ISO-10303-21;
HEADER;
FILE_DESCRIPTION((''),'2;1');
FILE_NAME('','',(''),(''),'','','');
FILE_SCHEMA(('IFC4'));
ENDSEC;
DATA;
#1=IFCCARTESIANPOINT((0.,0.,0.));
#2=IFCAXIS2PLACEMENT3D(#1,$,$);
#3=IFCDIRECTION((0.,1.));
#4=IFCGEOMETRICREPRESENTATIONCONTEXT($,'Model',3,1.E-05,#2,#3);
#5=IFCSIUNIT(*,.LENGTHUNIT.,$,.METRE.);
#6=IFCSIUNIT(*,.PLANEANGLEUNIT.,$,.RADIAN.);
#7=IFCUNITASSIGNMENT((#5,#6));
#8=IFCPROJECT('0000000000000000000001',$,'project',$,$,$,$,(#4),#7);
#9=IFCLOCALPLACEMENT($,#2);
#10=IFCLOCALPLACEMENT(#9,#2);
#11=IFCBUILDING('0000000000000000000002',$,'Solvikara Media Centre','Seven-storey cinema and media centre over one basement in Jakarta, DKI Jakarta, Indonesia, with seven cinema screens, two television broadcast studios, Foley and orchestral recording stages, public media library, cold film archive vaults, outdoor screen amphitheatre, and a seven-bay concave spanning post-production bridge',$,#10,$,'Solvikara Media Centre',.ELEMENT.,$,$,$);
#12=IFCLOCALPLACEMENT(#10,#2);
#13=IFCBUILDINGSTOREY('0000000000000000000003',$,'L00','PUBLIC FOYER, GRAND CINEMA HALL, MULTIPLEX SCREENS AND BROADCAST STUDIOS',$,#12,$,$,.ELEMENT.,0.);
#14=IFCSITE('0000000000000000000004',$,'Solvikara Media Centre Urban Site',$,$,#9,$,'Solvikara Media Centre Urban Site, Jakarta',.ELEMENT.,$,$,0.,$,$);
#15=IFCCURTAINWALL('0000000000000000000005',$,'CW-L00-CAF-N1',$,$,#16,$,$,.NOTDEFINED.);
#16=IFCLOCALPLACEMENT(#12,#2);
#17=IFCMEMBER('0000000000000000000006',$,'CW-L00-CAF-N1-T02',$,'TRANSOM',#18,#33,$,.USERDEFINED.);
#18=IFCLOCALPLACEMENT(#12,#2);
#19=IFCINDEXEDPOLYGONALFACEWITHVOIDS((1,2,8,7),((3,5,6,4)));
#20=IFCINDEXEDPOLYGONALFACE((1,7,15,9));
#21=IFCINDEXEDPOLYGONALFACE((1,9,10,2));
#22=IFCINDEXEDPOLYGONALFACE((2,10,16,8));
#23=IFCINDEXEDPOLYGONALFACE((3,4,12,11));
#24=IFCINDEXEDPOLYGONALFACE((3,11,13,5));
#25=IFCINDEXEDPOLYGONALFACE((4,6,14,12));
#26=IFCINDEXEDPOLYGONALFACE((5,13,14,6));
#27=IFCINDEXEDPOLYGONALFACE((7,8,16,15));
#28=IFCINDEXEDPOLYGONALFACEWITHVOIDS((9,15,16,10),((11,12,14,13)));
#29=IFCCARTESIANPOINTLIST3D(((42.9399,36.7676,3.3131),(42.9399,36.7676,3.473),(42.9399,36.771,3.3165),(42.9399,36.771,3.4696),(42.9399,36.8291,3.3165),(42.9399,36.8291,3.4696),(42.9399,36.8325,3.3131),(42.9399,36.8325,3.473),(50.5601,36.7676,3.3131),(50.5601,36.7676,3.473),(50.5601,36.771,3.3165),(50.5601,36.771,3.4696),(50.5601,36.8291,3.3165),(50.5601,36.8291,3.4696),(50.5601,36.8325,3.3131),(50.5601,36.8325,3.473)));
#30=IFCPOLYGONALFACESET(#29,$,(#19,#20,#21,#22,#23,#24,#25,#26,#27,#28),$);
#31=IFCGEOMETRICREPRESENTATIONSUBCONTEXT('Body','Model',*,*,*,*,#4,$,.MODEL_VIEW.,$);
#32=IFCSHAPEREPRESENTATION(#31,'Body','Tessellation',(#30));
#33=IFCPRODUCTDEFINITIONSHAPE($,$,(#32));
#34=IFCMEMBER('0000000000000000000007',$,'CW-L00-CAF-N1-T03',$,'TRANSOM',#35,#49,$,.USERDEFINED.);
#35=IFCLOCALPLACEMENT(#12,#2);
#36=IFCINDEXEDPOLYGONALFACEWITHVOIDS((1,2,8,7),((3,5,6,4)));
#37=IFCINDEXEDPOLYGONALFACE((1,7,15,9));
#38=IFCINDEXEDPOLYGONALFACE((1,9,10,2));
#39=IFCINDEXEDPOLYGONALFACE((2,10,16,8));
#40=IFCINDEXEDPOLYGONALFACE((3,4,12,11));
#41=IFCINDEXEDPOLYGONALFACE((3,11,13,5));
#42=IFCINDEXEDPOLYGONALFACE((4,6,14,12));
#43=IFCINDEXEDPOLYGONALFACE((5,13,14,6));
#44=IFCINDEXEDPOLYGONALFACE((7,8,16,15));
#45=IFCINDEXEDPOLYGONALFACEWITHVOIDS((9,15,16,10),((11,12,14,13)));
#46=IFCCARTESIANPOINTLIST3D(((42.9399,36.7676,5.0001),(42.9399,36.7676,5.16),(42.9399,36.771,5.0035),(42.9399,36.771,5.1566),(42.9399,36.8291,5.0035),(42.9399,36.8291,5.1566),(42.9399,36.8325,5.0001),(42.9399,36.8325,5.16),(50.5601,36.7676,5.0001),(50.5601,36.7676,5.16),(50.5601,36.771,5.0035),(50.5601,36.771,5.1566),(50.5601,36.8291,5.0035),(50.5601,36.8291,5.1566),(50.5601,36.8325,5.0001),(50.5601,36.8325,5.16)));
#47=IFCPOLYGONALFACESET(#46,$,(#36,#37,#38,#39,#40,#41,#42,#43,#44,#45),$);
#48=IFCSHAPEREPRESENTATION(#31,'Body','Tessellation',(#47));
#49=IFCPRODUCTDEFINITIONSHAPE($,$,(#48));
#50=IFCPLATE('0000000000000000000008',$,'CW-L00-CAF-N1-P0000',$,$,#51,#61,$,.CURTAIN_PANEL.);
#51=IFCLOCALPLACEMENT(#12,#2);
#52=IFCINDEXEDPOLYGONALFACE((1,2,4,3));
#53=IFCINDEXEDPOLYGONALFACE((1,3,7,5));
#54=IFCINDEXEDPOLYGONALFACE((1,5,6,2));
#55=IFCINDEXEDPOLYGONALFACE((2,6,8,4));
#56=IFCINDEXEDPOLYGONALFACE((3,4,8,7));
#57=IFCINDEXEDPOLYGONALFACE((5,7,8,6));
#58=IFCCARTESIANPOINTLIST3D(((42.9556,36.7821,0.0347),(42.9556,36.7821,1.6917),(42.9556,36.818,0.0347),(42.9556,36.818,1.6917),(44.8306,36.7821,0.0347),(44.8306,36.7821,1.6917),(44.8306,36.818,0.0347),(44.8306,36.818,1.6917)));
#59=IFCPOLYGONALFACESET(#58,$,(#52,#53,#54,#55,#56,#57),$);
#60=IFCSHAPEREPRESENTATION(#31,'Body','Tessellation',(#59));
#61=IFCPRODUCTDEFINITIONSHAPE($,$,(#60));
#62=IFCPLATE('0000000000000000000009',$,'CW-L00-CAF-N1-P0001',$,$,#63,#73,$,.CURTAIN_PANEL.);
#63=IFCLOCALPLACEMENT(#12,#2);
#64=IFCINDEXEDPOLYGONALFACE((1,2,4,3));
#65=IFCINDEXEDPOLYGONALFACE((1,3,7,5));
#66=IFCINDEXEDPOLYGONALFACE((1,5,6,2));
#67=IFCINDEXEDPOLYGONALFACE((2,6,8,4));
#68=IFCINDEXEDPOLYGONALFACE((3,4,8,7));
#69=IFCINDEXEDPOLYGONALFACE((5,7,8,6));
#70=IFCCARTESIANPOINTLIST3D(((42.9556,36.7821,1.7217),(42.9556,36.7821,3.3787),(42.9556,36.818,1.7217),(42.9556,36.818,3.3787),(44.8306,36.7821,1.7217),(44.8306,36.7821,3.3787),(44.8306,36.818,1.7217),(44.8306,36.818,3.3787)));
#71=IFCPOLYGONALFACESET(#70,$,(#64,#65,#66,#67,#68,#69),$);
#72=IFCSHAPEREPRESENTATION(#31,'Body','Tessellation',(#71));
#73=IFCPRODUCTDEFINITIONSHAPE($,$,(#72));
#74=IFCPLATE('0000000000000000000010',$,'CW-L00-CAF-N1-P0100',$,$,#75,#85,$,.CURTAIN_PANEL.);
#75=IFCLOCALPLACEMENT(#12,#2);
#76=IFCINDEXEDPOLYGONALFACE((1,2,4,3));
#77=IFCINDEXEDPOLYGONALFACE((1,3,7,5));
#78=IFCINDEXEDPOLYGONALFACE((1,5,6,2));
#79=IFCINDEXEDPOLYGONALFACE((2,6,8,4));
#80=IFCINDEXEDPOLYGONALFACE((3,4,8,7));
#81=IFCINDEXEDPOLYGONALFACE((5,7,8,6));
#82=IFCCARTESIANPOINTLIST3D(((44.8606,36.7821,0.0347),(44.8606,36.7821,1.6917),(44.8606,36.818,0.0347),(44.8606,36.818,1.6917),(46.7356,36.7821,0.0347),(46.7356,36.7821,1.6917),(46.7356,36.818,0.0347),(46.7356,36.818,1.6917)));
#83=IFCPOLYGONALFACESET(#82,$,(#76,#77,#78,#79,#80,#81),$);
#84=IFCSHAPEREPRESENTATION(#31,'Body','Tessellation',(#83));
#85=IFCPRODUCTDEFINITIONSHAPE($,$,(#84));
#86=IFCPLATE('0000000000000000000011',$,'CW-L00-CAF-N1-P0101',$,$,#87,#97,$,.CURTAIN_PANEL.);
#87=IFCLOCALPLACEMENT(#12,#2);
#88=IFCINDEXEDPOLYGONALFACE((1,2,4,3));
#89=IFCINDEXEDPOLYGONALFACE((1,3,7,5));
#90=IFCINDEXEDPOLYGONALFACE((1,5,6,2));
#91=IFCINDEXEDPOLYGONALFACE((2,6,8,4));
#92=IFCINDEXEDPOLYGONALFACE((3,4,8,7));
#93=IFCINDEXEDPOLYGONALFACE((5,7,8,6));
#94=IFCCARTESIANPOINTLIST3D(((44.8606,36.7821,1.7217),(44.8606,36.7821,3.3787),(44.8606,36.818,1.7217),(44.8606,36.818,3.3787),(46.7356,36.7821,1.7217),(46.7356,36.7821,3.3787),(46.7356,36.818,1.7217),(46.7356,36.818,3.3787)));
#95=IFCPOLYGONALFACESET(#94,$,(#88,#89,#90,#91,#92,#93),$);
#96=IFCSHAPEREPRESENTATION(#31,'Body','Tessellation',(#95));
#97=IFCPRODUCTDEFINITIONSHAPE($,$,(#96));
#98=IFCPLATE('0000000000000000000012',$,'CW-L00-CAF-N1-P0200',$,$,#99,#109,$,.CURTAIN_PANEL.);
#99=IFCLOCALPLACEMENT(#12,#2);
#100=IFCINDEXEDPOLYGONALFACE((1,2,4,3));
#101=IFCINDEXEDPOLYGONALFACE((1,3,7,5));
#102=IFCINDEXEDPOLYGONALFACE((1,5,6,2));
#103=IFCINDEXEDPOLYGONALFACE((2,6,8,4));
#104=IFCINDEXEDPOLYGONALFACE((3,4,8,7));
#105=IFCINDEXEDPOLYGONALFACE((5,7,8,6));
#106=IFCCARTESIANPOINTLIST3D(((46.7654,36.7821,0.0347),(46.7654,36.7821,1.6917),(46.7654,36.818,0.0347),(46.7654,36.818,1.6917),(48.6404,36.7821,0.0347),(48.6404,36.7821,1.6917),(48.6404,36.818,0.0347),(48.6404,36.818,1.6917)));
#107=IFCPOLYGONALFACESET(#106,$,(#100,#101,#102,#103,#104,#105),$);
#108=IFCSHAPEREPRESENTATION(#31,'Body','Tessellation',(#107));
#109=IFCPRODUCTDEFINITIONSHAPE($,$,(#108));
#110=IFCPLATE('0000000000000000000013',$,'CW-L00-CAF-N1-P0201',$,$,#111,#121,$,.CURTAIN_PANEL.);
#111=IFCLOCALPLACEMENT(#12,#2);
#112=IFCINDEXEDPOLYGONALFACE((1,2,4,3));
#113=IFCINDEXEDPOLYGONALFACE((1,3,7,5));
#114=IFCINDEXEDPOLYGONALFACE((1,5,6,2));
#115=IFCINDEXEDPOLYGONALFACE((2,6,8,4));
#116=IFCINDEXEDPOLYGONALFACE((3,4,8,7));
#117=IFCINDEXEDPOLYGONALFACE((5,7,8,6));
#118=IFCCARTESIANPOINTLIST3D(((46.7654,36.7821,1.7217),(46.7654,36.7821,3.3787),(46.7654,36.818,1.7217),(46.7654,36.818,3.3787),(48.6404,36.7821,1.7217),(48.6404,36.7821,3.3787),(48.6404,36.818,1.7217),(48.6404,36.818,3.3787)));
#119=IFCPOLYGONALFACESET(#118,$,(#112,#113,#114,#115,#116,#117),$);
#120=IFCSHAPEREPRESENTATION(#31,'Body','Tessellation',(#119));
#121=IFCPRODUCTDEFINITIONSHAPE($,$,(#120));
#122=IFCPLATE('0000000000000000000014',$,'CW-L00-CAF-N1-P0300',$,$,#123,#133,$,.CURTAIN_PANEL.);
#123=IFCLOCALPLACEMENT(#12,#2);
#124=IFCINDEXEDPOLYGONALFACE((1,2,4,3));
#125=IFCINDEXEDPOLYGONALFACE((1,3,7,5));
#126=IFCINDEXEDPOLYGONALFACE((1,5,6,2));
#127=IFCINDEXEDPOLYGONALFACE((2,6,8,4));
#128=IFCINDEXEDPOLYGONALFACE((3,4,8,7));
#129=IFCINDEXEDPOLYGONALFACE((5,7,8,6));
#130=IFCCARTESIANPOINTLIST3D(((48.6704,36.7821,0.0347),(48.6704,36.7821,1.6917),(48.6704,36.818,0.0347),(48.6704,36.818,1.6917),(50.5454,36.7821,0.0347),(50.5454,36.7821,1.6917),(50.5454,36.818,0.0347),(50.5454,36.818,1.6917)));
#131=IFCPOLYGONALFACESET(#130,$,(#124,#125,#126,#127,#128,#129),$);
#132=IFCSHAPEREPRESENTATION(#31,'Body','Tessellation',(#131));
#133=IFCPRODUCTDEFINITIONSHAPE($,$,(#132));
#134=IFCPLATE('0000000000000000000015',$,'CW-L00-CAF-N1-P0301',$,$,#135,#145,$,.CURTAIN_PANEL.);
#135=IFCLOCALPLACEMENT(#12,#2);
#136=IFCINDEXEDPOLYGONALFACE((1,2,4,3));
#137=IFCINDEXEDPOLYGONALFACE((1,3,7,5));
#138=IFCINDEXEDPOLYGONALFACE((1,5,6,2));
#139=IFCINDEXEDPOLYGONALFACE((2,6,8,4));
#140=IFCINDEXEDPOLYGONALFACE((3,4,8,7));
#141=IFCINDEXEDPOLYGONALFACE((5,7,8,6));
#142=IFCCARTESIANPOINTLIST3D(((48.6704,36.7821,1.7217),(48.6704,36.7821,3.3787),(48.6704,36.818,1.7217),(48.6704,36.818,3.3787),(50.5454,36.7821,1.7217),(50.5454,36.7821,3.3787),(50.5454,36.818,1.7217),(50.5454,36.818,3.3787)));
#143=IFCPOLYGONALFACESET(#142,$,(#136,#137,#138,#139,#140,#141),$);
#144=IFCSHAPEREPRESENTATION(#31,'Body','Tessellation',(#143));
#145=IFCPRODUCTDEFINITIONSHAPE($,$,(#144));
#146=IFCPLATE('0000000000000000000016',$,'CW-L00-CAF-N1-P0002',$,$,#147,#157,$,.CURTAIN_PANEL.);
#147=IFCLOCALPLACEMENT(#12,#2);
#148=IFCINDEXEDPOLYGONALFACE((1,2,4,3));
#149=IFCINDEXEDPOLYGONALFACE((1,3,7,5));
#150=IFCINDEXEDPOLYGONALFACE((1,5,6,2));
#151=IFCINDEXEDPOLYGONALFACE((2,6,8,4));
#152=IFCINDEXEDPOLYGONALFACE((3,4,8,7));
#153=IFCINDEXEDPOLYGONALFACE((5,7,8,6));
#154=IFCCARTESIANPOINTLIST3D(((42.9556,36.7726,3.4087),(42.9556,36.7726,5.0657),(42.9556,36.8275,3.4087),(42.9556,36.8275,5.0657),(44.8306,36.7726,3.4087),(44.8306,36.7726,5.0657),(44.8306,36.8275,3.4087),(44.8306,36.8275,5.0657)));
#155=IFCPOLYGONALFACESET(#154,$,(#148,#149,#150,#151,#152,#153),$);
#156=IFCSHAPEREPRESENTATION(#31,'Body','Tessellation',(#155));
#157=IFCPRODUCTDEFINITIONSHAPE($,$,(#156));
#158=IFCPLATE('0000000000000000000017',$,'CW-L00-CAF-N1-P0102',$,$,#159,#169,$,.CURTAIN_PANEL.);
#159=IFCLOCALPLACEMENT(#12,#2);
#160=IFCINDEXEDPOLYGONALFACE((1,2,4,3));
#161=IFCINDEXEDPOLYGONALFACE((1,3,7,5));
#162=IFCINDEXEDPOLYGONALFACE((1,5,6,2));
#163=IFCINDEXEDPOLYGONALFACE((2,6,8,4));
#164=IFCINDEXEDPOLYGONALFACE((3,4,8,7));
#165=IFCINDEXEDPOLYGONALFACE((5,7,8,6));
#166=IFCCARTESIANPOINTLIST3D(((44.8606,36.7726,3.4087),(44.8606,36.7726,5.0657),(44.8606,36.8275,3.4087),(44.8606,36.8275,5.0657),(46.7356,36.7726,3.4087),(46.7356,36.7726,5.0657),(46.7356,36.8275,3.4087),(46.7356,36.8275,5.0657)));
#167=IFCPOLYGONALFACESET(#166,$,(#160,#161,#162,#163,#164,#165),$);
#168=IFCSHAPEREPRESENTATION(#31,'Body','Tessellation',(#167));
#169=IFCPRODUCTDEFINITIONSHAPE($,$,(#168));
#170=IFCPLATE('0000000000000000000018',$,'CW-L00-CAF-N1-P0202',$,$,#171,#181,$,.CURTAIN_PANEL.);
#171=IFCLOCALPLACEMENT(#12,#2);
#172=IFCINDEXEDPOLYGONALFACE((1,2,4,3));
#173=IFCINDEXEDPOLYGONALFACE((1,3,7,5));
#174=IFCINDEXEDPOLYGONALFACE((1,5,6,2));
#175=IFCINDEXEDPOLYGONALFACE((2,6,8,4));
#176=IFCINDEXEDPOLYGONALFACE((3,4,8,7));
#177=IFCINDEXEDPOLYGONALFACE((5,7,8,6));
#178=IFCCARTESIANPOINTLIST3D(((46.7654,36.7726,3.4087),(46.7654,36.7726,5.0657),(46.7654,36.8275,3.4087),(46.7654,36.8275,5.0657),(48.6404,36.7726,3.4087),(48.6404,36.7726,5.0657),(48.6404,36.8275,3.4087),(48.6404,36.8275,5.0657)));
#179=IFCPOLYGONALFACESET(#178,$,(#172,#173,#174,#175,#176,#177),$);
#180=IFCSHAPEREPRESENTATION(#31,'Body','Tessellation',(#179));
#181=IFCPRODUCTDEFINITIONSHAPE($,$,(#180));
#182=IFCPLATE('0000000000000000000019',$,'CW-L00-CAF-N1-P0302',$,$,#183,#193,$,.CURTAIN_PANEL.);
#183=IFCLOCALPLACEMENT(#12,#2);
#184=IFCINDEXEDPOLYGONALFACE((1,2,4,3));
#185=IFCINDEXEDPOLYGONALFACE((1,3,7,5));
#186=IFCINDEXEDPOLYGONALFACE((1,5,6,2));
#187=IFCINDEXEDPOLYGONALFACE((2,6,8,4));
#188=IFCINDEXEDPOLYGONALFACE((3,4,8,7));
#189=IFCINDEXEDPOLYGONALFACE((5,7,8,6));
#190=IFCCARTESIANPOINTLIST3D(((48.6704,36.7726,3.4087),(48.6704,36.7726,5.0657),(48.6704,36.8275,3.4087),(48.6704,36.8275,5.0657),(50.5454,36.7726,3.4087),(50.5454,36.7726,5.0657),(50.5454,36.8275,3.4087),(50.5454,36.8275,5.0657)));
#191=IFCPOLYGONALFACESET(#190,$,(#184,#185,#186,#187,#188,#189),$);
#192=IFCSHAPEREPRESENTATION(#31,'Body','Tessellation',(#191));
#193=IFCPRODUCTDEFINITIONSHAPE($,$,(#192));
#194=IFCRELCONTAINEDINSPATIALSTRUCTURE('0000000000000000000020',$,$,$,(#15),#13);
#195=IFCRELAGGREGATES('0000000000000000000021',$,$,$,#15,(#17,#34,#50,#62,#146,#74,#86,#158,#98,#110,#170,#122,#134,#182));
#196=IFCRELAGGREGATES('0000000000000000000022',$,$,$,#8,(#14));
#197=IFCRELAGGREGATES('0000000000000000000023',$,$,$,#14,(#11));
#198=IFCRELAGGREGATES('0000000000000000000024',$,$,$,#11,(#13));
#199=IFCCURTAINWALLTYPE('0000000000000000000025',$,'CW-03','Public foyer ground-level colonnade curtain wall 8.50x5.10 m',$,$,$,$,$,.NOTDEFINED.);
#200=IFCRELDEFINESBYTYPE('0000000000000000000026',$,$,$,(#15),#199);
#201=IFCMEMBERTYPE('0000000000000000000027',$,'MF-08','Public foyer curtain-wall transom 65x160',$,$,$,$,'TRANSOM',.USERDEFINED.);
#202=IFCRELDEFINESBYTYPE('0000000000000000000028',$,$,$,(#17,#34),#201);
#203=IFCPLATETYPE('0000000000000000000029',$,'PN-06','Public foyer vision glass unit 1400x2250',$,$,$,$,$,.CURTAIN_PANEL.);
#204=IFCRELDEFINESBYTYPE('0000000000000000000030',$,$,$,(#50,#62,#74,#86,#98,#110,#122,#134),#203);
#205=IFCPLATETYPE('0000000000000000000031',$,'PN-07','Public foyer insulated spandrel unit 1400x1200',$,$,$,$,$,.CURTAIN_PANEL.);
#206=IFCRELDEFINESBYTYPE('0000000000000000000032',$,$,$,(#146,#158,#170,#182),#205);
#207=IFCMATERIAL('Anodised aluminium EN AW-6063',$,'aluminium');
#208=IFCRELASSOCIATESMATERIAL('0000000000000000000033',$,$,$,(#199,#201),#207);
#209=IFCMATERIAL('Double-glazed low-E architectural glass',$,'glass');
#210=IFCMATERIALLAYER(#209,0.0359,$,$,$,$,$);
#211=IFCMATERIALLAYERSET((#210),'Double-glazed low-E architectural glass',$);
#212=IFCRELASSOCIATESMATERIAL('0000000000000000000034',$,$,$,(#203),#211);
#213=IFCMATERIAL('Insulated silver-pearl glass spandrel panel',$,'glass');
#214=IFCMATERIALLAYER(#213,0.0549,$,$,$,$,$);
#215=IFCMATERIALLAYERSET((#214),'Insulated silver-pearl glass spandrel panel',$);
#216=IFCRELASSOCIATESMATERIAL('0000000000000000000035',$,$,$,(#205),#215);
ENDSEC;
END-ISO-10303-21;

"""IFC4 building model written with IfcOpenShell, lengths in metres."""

from ifc_helpers import new_model, si_unit, direction, frame, origin, origin_2d, place, context, subcontext, project, spatial, rectangle, hollow_rectangle, extrude, material, layer, layer_set, material_profile, profile_set, type_object, element, aggregate, save


model = new_model("IFC4")

# Units and contexts
model_context = context("Model", 3, precision=1e-05, world=origin(), true_north=direction((0.0, 1.0)))
body_context = subcontext(model_context, "Body", "Model", "MODEL_VIEW")
ifc_project = project(units=[si_unit("LENGTHUNIT", "METRE"), si_unit("PLANEANGLEUNIT", "RADIAN")], contexts=[model_context])

# Site, building, storey
site_placement = place(None, origin())
site = spatial("IfcSite", under=ifc_project, at=site_placement, Name="Solvikara Media Centre Urban Site", LongName="Solvikara Media Centre Urban Site, Jakarta", CompositionType="ELEMENT", RefElevation=0.0)
building_placement = place(site_placement, origin())
building = spatial("IfcBuilding", under=site, at=building_placement, Name="Solvikara Media Centre", Description="Seven-storey cinema and media centre over one basement in Jakarta, DKI Jakarta, Indonesia, with seven cinema screens, two television broadcast studios, Foley and orchestral recording stages, public media library, cold film archive vaults, outdoor screen amphitheatre, and a seven-bay concave spanning post-production bridge", LongName="Solvikara Media Centre", CompositionType="ELEMENT")
storey_placement = place(building_placement, origin())
storey = spatial("IfcBuildingStorey", under=building, at=storey_placement, Name="L00", Description="PUBLIC FOYER, GRAND CINEMA HALL, MULTIPLEX SCREENS AND BROADCAST STUDIOS", CompositionType="ELEMENT", Elevation=0.0)

# Curtain wall, members, plates
ifc_material_1 = material(Name="Anodised aluminium EN AW-6063", Category="aluminium")
curtain_wall_type = type_object("IfcCurtainWallType", Name="CW-03", Description="Public foyer ground-level colonnade curtain wall 8.50x5.10 m", PredefinedType="NOTDEFINED", material=ifc_material_1)
curtain_wall_placement = place(storey_placement, origin())
curtain_wall = element("IfcCurtainWall", 1, at=curtain_wall_placement, inside=storey, type_object=curtain_wall_type, Name="CW-L00-CAF-N1", PredefinedType="NOTDEFINED")
ifc_material_profile_1 = material_profile(ifc_material_1, hollow_rectangle(XDim=0.0649, YDim=0.1599, WallThickness=0.0034, at=origin_2d()), Name="ALU-T 65x160x3.5")
ifc_profile_set_1 = profile_set([ifc_material_profile_1], Name="Anodised aluminium EN AW-6063")
member_type_1 = type_object("IfcMemberType", Name="MF-08", Description="Public foyer curtain-wall transom 65x160", ElementType="TRANSOM", PredefinedType="USERDEFINED", material=ifc_profile_set_1)
member_1_placement = place(storey_placement, frame((42.9399, 36.8, 3.3931), z_axis=(1.0, 0.0, 0.0), x_axis=(0.0, 1.0, 0.0)))
member_1 = element("IfcMember", 2, at=member_1_placement, type_object=member_type_1, Name="CW-L00-CAF-N1-T02", ObjectType="TRANSOM", PredefinedType="USERDEFINED", context=body_context, shape_type="SweptSolid", body=[
    extrude(hollow_rectangle(XDim=0.0649, YDim=0.1599, WallThickness=0.0034, at=origin_2d()), origin(), (0.0, 0.0, 1.0), 7.6201),
])
member_2_placement = place(storey_placement, frame((42.9399, 36.8, 5.0801), z_axis=(1.0, 0.0, 0.0), x_axis=(0.0, 1.0, 0.0)))
member_2 = element("IfcMember", 3, at=member_2_placement, type_object=member_type_1, Name="CW-L00-CAF-N1-T03", ObjectType="TRANSOM", PredefinedType="USERDEFINED", context=body_context, shape_type="SweptSolid", body=[
    extrude(hollow_rectangle(XDim=0.0649, YDim=0.1599, WallThickness=0.0034, at=origin_2d()), origin(), (0.0, 0.0, 1.0), 7.6201),
])
ifc_material_2 = material(Name="Double-glazed low-E architectural glass", Category="glass")
ifc_layer_1 = layer(ifc_material_2, 0.0359)
ifc_layer_set_1 = layer_set([ifc_layer_1], Name="Double-glazed low-E architectural glass")
plate_type_1 = type_object("IfcPlateType", Name="PN-06", Description="Public foyer vision glass unit 1400x2250", PredefinedType="CURTAIN_PANEL", material=ifc_layer_set_1)
plate_1_placement = place(storey_placement, frame((43.8931, 36.8, 0.0347), z_axis=(0.0, 0.0, 1.0), x_axis=(1.0, 0.0, 0.0)))
plate_1 = element("IfcPlate", 4, at=plate_1_placement, type_object=plate_type_1, Name="CW-L00-CAF-N1-P0000", PredefinedType="CURTAIN_PANEL", context=body_context, shape_type="SweptSolid", body=[
    extrude(rectangle(XDim=1.875, YDim=0.0359, at=origin_2d()), origin(), (0.0, 0.0, 1.0), 1.657),
])
plate_2_placement = place(storey_placement, frame((43.8931, 36.8, 1.7217), z_axis=(0.0, 0.0, 1.0), x_axis=(1.0, 0.0, 0.0)))
plate_2 = element("IfcPlate", 5, at=plate_2_placement, type_object=plate_type_1, Name="CW-L00-CAF-N1-P0001", PredefinedType="CURTAIN_PANEL", context=body_context, shape_type="SweptSolid", body=[
    extrude(rectangle(XDim=1.875, YDim=0.0359, at=origin_2d()), origin(), (0.0, 0.0, 1.0), 1.657),
])
plate_3_placement = place(storey_placement, frame((45.7981, 36.8, 0.0347), z_axis=(0.0, 0.0, 1.0), x_axis=(1.0, 0.0, 0.0)))
plate_3 = element("IfcPlate", 6, at=plate_3_placement, type_object=plate_type_1, Name="CW-L00-CAF-N1-P0100", PredefinedType="CURTAIN_PANEL", context=body_context, shape_type="SweptSolid", body=[
    extrude(rectangle(XDim=1.875, YDim=0.0359, at=origin_2d()), origin(), (0.0, 0.0, 1.0), 1.657),
])
plate_4_placement = place(storey_placement, frame((45.7981, 36.8, 1.7217), z_axis=(0.0, 0.0, 1.0), x_axis=(1.0, 0.0, 0.0)))
plate_4 = element("IfcPlate", 7, at=plate_4_placement, type_object=plate_type_1, Name="CW-L00-CAF-N1-P0101", PredefinedType="CURTAIN_PANEL", context=body_context, shape_type="SweptSolid", body=[
    extrude(rectangle(XDim=1.875, YDim=0.0359, at=origin_2d()), origin(), (0.0, 0.0, 1.0), 1.657),
])
plate_5_placement = place(storey_placement, frame((47.7029, 36.8, 0.0347), z_axis=(0.0, 0.0, 1.0), x_axis=(1.0, 0.0, 0.0)))
plate_5 = element("IfcPlate", 8, at=plate_5_placement, type_object=plate_type_1, Name="CW-L00-CAF-N1-P0200", PredefinedType="CURTAIN_PANEL", context=body_context, shape_type="SweptSolid", body=[
    extrude(rectangle(XDim=1.875, YDim=0.0359, at=origin_2d()), origin(), (0.0, 0.0, 1.0), 1.657),
])
plate_6_placement = place(storey_placement, frame((47.7029, 36.8, 1.7217), z_axis=(0.0, 0.0, 1.0), x_axis=(1.0, 0.0, 0.0)))
plate_6 = element("IfcPlate", 9, at=plate_6_placement, type_object=plate_type_1, Name="CW-L00-CAF-N1-P0201", PredefinedType="CURTAIN_PANEL", context=body_context, shape_type="SweptSolid", body=[
    extrude(rectangle(XDim=1.875, YDim=0.0359, at=origin_2d()), origin(), (0.0, 0.0, 1.0), 1.657),
])
plate_7_placement = place(storey_placement, frame((49.6079, 36.8, 0.0347), z_axis=(0.0, 0.0, 1.0), x_axis=(1.0, 0.0, 0.0)))
plate_7 = element("IfcPlate", 10, at=plate_7_placement, type_object=plate_type_1, Name="CW-L00-CAF-N1-P0300", PredefinedType="CURTAIN_PANEL", context=body_context, shape_type="SweptSolid", body=[
    extrude(rectangle(XDim=1.875, YDim=0.0359, at=origin_2d()), origin(), (0.0, 0.0, 1.0), 1.657),
])
plate_8_placement = place(storey_placement, frame((49.6079, 36.8, 1.7217), z_axis=(0.0, 0.0, 1.0), x_axis=(1.0, 0.0, 0.0)))
plate_8 = element("IfcPlate", 11, at=plate_8_placement, type_object=plate_type_1, Name="CW-L00-CAF-N1-P0301", PredefinedType="CURTAIN_PANEL", context=body_context, shape_type="SweptSolid", body=[
    extrude(rectangle(XDim=1.875, YDim=0.0359, at=origin_2d()), origin(), (0.0, 0.0, 1.0), 1.657),
])
ifc_material_3 = material(Name="Insulated silver-pearl glass spandrel panel", Category="glass")
ifc_layer_2 = layer(ifc_material_3, 0.0549)
ifc_layer_set_2 = layer_set([ifc_layer_2], Name="Insulated silver-pearl glass spandrel panel")
plate_type_2 = type_object("IfcPlateType", Name="PN-07", Description="Public foyer insulated spandrel unit 1400x1200", PredefinedType="CURTAIN_PANEL", material=ifc_layer_set_2)
plate_9_placement = place(storey_placement, frame((43.8931, 36.8, 3.4087), z_axis=(0.0, 0.0, 1.0), x_axis=(1.0, 0.0, 0.0)))
plate_9 = element("IfcPlate", 12, at=plate_9_placement, type_object=plate_type_2, Name="CW-L00-CAF-N1-P0002", PredefinedType="CURTAIN_PANEL", context=body_context, shape_type="SweptSolid", body=[
    extrude(rectangle(XDim=1.875, YDim=0.0549, at=origin_2d()), origin(), (0.0, 0.0, 1.0), 1.657),
])
plate_10_placement = place(storey_placement, frame((45.7981, 36.8, 3.4087), z_axis=(0.0, 0.0, 1.0), x_axis=(1.0, 0.0, 0.0)))
plate_10 = element("IfcPlate", 13, at=plate_10_placement, type_object=plate_type_2, Name="CW-L00-CAF-N1-P0102", PredefinedType="CURTAIN_PANEL", context=body_context, shape_type="SweptSolid", body=[
    extrude(rectangle(XDim=1.875, YDim=0.0549, at=origin_2d()), origin(), (0.0, 0.0, 1.0), 1.657),
])
plate_11_placement = place(storey_placement, frame((47.7029, 36.8, 3.4087), z_axis=(0.0, 0.0, 1.0), x_axis=(1.0, 0.0, 0.0)))
plate_11 = element("IfcPlate", 14, at=plate_11_placement, type_object=plate_type_2, Name="CW-L00-CAF-N1-P0202", PredefinedType="CURTAIN_PANEL", context=body_context, shape_type="SweptSolid", body=[
    extrude(rectangle(XDim=1.875, YDim=0.0549, at=origin_2d()), origin(), (0.0, 0.0, 1.0), 1.657),
])
plate_12_placement = place(storey_placement, frame((49.6079, 36.8, 3.4087), z_axis=(0.0, 0.0, 1.0), x_axis=(1.0, 0.0, 0.0)))
plate_12 = element("IfcPlate", 15, at=plate_12_placement, type_object=plate_type_2, Name="CW-L00-CAF-N1-P0302", PredefinedType="CURTAIN_PANEL", context=body_context, shape_type="SweptSolid", body=[
    extrude(rectangle(XDim=1.875, YDim=0.0549, at=origin_2d()), origin(), (0.0, 0.0, 1.0), 1.657),
])
aggregate(curtain_wall, [member_1, member_2, plate_1, plate_2, plate_9, plate_3, plate_4, plate_10, plate_5, plate_6, plate_11, plate_7, plate_8, plate_12])

save(model, "model.ifc")
